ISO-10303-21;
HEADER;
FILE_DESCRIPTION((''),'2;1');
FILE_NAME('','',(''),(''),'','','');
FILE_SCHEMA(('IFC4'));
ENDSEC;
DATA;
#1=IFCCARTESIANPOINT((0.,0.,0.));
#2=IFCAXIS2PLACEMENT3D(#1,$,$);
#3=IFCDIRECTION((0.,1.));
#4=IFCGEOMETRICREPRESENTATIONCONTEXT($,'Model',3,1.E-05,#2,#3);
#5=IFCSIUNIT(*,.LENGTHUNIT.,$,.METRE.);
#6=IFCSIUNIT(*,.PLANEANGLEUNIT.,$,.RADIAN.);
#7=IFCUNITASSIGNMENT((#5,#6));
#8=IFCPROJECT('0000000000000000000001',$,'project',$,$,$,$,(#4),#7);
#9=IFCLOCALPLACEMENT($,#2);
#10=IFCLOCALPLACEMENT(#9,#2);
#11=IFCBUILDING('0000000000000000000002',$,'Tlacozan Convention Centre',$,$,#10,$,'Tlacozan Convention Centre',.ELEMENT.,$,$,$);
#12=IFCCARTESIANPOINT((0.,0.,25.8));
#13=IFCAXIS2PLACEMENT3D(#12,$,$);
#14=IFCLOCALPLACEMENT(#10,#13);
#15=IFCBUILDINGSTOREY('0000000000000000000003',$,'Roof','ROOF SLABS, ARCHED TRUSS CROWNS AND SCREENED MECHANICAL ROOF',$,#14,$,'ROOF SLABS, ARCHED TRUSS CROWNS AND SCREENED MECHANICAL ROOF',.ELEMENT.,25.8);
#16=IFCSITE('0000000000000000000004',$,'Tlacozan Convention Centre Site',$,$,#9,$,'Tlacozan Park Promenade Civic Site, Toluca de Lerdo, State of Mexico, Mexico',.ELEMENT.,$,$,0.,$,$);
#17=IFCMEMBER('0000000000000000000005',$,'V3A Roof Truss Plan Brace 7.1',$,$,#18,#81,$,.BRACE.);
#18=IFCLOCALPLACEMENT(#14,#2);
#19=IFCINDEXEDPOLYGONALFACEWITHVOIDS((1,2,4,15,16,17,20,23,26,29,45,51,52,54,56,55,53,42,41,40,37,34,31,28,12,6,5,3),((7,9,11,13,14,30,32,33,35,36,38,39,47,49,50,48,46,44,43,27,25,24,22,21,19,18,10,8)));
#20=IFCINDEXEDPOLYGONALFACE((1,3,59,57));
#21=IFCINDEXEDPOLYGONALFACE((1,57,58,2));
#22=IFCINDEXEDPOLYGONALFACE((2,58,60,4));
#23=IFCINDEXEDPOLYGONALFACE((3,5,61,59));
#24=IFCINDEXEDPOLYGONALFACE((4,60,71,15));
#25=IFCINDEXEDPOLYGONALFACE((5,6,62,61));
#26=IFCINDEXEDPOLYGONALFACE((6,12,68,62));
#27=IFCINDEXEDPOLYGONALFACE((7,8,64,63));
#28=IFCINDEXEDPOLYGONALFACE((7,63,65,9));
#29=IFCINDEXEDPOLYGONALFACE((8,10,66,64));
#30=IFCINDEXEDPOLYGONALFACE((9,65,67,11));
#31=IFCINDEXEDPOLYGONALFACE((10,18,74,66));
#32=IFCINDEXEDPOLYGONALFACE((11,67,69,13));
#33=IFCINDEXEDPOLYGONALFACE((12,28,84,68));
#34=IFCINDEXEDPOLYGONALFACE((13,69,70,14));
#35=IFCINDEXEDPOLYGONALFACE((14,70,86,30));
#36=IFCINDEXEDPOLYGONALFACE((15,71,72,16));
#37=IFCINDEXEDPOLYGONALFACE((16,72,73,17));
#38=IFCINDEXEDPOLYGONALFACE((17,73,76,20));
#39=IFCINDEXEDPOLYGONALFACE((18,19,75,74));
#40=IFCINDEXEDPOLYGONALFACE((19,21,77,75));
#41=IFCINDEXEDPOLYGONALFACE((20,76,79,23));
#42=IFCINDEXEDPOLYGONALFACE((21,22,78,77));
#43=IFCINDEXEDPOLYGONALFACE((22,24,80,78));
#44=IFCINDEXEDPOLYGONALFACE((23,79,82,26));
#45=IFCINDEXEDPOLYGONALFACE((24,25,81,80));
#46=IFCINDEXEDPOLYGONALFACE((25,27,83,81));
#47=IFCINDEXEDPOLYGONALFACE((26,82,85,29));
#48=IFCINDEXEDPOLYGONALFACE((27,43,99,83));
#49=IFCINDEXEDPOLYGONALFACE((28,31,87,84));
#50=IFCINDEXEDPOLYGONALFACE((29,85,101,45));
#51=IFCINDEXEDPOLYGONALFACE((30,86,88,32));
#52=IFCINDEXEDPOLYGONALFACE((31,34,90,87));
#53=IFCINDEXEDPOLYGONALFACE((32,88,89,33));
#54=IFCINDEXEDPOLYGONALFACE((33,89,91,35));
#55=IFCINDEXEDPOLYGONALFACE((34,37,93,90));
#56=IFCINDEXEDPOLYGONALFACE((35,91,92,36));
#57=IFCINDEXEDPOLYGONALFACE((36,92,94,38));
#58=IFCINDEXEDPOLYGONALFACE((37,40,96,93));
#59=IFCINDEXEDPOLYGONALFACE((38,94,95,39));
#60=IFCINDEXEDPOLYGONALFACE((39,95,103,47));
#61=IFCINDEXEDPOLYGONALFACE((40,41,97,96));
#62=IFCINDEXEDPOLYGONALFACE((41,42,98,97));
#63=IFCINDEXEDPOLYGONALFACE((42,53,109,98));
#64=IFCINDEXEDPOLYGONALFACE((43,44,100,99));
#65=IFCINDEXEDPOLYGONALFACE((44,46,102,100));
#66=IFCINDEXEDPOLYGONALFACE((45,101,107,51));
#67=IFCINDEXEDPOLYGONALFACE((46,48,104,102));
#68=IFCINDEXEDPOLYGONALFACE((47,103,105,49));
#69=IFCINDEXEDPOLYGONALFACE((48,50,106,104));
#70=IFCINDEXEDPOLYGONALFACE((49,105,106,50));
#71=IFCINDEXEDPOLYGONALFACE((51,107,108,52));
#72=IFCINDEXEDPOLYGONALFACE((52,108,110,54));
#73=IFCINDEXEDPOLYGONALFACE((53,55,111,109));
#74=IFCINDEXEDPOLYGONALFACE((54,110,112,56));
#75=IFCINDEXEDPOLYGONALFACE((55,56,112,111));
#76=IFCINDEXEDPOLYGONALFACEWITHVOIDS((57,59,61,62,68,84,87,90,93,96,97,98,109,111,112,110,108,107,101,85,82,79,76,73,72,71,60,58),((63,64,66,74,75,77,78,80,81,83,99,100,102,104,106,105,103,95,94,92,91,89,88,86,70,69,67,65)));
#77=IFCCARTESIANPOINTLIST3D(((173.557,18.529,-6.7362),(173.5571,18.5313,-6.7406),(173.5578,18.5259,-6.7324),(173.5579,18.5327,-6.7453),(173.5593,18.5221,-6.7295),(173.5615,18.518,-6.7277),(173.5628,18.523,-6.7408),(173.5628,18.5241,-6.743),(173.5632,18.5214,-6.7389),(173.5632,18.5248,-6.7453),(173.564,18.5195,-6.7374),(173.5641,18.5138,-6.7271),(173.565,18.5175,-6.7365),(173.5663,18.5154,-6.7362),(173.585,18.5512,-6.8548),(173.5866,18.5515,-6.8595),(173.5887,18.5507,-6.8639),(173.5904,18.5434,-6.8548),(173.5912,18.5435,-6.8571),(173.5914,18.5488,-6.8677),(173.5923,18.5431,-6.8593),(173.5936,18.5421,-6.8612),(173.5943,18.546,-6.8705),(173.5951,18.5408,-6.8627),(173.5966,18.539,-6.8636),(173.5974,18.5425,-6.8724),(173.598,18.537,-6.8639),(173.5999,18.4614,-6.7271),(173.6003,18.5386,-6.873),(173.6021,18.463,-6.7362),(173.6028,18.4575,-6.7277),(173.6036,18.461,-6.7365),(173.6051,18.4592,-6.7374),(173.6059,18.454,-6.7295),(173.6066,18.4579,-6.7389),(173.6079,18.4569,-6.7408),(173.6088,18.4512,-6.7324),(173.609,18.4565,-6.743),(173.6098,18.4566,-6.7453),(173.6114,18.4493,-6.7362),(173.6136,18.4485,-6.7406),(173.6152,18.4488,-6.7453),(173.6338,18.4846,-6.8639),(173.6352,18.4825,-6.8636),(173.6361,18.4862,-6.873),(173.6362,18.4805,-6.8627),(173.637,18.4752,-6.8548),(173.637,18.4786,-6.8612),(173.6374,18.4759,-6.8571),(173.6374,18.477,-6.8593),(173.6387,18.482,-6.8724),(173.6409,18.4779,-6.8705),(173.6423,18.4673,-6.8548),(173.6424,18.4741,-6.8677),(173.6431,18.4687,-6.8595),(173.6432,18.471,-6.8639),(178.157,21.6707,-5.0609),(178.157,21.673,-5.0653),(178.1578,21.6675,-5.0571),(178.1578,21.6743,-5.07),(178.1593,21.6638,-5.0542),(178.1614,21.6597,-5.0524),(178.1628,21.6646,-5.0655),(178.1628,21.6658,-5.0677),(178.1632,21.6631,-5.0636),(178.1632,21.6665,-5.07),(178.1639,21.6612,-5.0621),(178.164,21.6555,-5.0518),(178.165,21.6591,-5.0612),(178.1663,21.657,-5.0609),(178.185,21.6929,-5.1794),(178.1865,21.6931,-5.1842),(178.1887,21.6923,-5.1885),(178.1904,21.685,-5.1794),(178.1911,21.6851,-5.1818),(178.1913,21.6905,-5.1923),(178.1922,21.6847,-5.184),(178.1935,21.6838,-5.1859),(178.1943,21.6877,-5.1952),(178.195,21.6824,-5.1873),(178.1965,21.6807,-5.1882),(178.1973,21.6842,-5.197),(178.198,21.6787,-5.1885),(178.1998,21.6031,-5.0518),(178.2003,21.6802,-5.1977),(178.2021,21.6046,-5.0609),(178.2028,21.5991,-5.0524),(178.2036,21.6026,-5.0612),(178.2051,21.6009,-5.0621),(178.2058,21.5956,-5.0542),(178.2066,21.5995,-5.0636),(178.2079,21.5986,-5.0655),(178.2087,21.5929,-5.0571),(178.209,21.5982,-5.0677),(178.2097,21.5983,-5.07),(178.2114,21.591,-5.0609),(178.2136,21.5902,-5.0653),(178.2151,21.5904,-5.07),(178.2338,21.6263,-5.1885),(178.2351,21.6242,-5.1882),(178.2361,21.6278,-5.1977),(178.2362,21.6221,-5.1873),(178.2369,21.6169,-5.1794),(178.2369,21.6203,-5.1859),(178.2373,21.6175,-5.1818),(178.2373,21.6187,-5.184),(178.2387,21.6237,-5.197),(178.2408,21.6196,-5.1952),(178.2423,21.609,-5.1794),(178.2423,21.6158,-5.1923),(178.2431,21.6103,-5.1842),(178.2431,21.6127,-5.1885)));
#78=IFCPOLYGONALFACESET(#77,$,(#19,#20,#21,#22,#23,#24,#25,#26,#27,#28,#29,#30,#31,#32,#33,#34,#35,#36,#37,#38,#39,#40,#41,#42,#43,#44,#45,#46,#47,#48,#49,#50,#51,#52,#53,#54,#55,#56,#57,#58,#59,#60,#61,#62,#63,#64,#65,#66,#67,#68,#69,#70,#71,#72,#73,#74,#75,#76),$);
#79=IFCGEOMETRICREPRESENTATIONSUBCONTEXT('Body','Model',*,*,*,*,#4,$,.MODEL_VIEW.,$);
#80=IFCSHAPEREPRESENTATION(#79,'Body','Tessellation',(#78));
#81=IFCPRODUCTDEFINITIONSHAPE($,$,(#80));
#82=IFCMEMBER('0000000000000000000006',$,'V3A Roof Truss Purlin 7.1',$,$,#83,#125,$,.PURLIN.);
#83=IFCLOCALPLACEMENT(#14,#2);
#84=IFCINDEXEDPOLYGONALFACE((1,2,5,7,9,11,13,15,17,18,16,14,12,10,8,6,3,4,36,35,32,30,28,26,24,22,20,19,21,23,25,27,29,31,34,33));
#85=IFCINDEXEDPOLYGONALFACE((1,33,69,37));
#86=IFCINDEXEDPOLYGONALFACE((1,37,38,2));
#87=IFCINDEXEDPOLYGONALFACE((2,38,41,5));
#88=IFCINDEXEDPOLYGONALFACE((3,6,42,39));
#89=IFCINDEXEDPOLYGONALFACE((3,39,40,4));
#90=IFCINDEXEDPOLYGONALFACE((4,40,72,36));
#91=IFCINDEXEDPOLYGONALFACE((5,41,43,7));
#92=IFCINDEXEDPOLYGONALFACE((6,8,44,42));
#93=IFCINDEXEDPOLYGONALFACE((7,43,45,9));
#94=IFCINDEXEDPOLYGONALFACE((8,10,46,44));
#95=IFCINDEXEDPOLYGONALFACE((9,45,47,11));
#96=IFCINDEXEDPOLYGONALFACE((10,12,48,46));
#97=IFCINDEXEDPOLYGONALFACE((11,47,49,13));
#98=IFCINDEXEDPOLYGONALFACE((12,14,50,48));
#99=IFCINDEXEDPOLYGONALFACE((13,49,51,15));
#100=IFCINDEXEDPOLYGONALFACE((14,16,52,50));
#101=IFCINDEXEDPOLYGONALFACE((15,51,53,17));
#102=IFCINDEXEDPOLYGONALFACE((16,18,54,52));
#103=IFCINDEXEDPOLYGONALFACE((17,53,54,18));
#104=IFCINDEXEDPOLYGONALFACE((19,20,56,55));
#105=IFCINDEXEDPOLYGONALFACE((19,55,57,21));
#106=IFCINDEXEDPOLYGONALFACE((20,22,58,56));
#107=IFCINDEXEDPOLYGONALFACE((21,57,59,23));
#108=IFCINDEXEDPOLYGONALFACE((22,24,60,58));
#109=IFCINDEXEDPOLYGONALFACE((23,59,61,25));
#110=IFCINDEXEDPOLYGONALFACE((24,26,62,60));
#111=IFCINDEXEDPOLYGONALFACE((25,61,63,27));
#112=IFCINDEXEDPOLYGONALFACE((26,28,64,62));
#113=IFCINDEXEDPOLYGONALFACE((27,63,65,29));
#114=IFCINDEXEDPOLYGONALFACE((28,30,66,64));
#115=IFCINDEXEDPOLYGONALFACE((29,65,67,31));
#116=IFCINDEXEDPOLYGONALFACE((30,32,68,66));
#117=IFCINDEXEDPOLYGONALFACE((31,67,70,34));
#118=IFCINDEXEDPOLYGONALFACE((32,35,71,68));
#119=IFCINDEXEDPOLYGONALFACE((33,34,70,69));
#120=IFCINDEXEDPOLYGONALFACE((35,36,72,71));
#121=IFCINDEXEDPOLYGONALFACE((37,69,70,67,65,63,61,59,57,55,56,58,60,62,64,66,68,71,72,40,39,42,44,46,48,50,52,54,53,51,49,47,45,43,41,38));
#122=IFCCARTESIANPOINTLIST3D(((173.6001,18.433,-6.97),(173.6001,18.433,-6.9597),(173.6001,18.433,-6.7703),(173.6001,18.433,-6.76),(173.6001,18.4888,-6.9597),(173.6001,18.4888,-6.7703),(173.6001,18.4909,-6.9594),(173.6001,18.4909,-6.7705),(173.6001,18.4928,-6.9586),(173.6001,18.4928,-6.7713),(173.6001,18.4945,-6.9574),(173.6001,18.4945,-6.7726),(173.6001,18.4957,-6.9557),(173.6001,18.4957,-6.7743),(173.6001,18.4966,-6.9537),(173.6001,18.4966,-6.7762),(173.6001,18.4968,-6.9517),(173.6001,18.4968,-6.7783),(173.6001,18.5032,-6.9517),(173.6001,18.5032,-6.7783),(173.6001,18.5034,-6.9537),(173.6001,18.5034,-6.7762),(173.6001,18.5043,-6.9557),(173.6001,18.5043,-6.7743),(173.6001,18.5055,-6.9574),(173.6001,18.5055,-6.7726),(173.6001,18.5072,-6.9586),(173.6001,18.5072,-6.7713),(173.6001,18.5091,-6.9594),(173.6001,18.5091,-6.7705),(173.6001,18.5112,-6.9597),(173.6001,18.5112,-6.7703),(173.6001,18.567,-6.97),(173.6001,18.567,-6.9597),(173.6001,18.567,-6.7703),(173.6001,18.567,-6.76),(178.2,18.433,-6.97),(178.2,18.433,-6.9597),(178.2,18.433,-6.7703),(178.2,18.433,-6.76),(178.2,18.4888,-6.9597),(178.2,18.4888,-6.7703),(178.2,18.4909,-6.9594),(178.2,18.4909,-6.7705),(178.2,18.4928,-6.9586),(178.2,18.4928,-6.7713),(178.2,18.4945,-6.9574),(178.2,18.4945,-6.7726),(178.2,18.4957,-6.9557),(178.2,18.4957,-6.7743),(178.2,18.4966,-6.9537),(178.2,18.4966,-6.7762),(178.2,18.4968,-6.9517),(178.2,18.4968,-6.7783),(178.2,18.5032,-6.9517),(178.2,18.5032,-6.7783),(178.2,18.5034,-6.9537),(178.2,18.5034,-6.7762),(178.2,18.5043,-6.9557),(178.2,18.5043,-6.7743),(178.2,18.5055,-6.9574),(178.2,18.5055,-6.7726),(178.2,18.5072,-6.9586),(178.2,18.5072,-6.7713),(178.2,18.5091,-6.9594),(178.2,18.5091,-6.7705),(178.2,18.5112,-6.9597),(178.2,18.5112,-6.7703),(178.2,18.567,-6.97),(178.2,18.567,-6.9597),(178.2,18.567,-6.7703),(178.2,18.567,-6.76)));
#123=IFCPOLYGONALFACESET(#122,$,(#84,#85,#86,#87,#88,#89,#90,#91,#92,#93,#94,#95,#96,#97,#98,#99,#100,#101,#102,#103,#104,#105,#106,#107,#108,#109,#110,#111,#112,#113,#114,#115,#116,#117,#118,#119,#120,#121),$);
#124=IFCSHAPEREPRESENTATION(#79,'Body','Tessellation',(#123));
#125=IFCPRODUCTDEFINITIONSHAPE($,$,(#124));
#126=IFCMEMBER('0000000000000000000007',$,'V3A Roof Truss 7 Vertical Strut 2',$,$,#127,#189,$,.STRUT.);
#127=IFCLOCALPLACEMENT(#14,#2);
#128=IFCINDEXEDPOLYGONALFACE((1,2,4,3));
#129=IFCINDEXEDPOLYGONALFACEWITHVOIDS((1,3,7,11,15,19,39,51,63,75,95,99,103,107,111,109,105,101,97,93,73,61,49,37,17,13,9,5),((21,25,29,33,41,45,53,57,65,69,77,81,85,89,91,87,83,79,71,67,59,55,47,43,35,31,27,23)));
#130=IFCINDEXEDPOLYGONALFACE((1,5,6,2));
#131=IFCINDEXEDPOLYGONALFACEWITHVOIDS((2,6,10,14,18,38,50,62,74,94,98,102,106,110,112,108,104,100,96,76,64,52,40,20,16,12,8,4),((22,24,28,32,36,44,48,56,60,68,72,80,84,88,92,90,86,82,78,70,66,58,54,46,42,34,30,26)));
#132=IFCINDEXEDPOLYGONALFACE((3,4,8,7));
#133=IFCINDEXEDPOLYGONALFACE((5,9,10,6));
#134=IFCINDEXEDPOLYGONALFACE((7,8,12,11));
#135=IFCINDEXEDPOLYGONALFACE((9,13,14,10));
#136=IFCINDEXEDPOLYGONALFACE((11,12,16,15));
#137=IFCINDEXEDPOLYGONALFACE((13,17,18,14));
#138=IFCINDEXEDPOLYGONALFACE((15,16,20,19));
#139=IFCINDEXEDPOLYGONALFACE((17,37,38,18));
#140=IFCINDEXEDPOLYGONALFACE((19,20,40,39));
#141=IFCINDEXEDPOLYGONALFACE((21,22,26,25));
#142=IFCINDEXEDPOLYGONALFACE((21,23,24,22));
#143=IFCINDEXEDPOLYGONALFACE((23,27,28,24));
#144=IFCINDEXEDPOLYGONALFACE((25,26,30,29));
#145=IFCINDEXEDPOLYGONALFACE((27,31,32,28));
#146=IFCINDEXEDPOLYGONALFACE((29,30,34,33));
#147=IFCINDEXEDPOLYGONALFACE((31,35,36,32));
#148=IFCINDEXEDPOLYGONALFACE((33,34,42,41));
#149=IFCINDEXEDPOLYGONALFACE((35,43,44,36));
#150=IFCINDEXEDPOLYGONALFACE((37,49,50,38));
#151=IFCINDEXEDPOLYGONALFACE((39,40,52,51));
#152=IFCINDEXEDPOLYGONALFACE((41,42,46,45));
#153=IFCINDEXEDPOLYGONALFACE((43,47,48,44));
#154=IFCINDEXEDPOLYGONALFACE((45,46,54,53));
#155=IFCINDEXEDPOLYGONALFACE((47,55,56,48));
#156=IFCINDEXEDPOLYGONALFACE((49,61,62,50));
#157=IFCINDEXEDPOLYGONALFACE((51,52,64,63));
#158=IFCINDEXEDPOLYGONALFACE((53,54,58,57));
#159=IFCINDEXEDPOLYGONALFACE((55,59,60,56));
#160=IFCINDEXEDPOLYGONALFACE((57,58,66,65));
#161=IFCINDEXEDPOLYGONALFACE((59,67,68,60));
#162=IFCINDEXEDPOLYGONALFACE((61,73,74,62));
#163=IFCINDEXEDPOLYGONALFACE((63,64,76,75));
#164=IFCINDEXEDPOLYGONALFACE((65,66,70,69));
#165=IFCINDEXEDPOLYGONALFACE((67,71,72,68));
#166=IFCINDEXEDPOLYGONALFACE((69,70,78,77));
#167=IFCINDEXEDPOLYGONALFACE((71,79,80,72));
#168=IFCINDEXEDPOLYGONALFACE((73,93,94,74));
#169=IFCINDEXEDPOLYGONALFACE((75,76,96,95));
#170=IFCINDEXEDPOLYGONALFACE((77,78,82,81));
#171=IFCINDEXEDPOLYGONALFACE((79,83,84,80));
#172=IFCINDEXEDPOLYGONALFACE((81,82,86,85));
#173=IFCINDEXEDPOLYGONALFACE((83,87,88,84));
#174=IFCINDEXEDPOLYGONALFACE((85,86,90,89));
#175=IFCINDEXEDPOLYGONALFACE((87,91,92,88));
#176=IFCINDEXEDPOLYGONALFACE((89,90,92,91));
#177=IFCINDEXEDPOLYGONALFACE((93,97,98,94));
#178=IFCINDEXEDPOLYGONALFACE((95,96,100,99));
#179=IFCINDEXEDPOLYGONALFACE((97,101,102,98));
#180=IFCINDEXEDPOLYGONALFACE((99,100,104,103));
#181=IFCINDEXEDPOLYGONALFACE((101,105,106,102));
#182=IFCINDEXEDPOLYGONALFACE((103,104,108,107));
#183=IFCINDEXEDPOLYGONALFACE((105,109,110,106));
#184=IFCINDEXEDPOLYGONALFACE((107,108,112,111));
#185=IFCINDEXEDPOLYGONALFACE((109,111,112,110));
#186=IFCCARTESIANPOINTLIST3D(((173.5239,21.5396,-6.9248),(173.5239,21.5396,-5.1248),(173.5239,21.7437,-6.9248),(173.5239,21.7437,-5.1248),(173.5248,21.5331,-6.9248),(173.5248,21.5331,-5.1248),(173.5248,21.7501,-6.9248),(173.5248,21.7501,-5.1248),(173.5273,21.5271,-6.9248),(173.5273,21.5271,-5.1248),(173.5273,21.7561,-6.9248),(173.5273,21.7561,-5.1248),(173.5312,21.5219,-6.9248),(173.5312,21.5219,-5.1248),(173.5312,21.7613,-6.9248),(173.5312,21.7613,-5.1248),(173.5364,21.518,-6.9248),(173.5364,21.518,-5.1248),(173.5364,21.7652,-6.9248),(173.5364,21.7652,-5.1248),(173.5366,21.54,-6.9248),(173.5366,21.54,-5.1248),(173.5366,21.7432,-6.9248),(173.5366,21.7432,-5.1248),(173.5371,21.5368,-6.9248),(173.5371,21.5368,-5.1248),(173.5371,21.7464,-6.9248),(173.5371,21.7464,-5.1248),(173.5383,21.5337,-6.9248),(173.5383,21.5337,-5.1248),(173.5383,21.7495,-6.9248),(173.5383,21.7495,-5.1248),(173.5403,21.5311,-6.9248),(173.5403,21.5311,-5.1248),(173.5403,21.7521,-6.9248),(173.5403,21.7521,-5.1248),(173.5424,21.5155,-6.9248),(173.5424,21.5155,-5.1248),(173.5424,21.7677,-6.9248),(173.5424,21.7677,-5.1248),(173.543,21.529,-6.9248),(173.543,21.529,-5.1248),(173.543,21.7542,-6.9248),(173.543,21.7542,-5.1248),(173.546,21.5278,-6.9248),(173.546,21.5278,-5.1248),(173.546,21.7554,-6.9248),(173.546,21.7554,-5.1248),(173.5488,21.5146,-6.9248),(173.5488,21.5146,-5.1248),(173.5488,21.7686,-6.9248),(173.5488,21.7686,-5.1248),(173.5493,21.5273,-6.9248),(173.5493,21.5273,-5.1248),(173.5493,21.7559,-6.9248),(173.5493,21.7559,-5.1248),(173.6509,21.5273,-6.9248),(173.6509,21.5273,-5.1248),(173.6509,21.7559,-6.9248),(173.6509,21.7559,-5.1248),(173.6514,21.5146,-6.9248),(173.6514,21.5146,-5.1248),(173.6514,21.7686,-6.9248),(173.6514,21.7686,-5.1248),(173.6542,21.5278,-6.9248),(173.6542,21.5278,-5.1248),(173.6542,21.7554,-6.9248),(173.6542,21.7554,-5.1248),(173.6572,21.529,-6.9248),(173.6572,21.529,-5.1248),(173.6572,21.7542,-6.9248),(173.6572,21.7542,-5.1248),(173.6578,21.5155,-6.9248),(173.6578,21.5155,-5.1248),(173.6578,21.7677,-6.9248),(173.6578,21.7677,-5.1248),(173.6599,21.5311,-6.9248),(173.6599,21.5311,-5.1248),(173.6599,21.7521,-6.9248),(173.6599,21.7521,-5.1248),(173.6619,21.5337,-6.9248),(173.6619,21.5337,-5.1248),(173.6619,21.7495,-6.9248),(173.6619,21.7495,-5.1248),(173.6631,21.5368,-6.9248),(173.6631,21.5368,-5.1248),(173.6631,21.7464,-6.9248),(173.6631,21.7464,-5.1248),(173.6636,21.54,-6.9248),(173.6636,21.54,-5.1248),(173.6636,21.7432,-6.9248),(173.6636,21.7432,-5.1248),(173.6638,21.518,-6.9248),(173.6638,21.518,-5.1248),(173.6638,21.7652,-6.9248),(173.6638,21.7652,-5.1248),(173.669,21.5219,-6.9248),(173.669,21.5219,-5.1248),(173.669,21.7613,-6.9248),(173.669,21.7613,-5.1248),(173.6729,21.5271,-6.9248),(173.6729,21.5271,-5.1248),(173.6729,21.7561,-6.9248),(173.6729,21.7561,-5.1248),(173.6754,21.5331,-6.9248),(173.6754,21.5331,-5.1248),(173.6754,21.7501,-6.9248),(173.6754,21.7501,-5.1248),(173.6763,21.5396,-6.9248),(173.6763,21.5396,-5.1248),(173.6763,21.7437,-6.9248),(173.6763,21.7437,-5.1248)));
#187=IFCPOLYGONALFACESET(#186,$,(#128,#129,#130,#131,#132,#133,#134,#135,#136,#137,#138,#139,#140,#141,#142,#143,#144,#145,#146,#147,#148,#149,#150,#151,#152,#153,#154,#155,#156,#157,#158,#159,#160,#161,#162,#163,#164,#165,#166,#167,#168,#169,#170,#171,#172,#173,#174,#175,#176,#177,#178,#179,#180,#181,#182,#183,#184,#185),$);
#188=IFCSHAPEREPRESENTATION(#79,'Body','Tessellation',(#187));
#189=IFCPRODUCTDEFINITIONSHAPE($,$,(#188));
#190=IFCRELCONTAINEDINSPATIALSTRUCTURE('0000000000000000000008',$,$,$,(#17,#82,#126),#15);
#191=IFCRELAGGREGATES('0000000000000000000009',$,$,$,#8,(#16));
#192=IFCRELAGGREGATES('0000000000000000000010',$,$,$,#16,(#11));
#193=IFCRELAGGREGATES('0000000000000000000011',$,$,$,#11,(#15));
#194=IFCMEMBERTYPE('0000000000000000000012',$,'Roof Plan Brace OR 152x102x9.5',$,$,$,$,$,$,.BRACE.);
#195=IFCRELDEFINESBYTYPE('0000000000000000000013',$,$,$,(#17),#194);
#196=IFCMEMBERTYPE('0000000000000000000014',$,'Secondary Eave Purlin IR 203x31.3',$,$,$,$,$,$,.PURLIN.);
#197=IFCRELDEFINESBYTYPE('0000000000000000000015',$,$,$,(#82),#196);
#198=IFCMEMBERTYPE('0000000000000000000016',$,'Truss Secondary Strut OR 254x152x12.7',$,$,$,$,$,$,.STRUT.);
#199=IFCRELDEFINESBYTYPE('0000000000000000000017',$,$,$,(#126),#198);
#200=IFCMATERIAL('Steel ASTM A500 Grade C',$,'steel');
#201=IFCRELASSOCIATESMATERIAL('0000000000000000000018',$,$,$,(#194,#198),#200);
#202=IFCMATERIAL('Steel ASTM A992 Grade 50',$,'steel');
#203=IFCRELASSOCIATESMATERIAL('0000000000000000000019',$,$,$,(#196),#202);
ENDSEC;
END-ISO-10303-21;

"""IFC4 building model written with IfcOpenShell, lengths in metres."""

from ifc_helpers import new_model, si_unit, direction, frame, origin, origin_2d, place, context, subcontext, project, spatial, hollow_rectangle, i_section, extrude, material, material_profile, profile_set, type_object, element, save


model = new_model("IFC4")

# Units and contexts
model_context = context("Model", 3, precision=1e-05, world=origin(), true_north=direction((0.0, 1.0)))
body_context = subcontext(model_context, "Body", "Model", "MODEL_VIEW")
ifc_project = project(units=[si_unit("LENGTHUNIT", "METRE"), si_unit("PLANEANGLEUNIT", "RADIAN")], contexts=[model_context])

# Site, building, storey
site_placement = place(None, origin())
site = spatial("IfcSite", under=ifc_project, at=site_placement, Name="Tlacozan Convention Centre Site", LongName="Tlacozan Park Promenade Civic Site, Toluca de Lerdo, State of Mexico, Mexico", CompositionType="ELEMENT", RefElevation=0.0)
building_placement = place(site_placement, origin())
building = spatial("IfcBuilding", under=site, at=building_placement, Name="Tlacozan Convention Centre", LongName="Tlacozan Convention Centre", CompositionType="ELEMENT")
storey_placement = place(building_placement, frame((0.0, 0.0, 25.8)))
storey = spatial("IfcBuildingStorey", under=building, at=storey_placement, Name="Roof", Description="ROOF SLABS, ARCHED TRUSS CROWNS AND SCREENED MECHANICAL ROOF", LongName="ROOF SLABS, ARCHED TRUSS CROWNS AND SCREENED MECHANICAL ROOF", CompositionType="ELEMENT", Elevation=25.8)

# Members
ifc_material_1 = material(Name="Steel ASTM A500 Grade C", Category="steel")
ifc_material_profile_1 = material_profile(ifc_material_1, hollow_rectangle(XDim=0.1016, YDim=0.1523, WallThickness=0.0095, InnerFilletRadius=0.0095, OuterFilletRadius=0.019, at=origin_2d()), Name="OR 152x102x9.5")
ifc_profile_set_1 = profile_set([ifc_material_profile_1], Name="Steel ASTM A500 Grade C")
member_type_1 = type_object("IfcMemberType", Name="Roof Plan Brace OR 152x102x9.5", PredefinedType="BRACE", material=ifc_profile_set_1)
member_1_placement = place(storey_placement, frame((173.6001, 18.5, -6.8), z_axis=(0.79079, 0.540093, 0.28801), x_axis=(-0.563991, 0.825781, 0.0)))
element("IfcMember", 1, at=member_1_placement, inside=storey, type_object=member_type_1, Name="V3A Roof Truss Plan Brace 7.1", PredefinedType="BRACE", context=body_context, shape_type="SweptSolid", body=[
    extrude(hollow_rectangle(XDim=0.1016, YDim=0.1523, WallThickness=0.0095, InnerFilletRadius=0.0095, OuterFilletRadius=0.019, at=origin_2d()), origin(), (0.0, 0.0, 1.0), 5.8169),
])
ifc_material_2 = material(Name="Steel ASTM A992 Grade 50", Category="steel")
ifc_material_profile_2 = material_profile(ifc_material_2, i_section(OverallWidth=0.134, OverallDepth=0.21, WebThickness=0.0063, FlangeThickness=0.0103, FilletRadius=0.0081, at=origin_2d()), Name="IR 203x31.3")
ifc_profile_set_2 = profile_set([ifc_material_profile_2], Name="Steel ASTM A992 Grade 50")
member_type_2 = type_object("IfcMemberType", Name="Secondary Eave Purlin IR 203x31.3", PredefinedType="PURLIN", material=ifc_profile_set_2)
member_2_placement = place(storey_placement, frame((173.6001, 18.5, -6.865), z_axis=(1.0, 0.0, 0.0), x_axis=(0.0, 1.0, 0.0)))
element("IfcMember", 2, at=member_2_placement, inside=storey, type_object=member_type_2, Name="V3A Roof Truss Purlin 7.1", PredefinedType="PURLIN", context=body_context, shape_type="SweptSolid", body=[
    extrude(i_section(OverallWidth=0.134, OverallDepth=0.21, WebThickness=0.0063, FlangeThickness=0.0103, FilletRadius=0.0081, at=origin_2d()), origin(), (0.0, 0.0, 1.0), 4.5999),
])
ifc_material_profile_3 = material_profile(ifc_material_1, hollow_rectangle(XDim=0.1523, YDim=0.2539, WallThickness=0.0127, InnerFilletRadius=0.0127, OuterFilletRadius=0.0249, at=origin_2d()), Name="OR 254x152x12.7")
ifc_profile_set_3 = profile_set([ifc_material_profile_3], Name="Steel ASTM A500 Grade C")
member_type_3 = type_object("IfcMemberType", Name="Truss Secondary Strut OR 254x152x12.7", PredefinedType="STRUT", material=ifc_profile_set_3)
for number, where, z_axis, x_axis, name in (
    (3, (173.6001, 21.6416, -6.9248), (0.0, 0.0, 1.0), (1.0, 0.0, 0.0), "V3A Roof Truss 7 Vertical Strut 2"),
):
    element("IfcMember", number, at=place(storey_placement, frame(where, z_axis=z_axis, x_axis=x_axis)), inside=storey, type_object=member_type_3, Name=name, PredefinedType="STRUT", context=body_context, shape_type="SweptSolid", body=[
        extrude(hollow_rectangle(XDim=0.1523, YDim=0.2539, WallThickness=0.0127, InnerFilletRadius=0.0127, OuterFilletRadius=0.0249, at=origin_2d()), origin(), (0.0, 0.0, 1.0), 1.8),
    ])

save(model, "model.ifc")
